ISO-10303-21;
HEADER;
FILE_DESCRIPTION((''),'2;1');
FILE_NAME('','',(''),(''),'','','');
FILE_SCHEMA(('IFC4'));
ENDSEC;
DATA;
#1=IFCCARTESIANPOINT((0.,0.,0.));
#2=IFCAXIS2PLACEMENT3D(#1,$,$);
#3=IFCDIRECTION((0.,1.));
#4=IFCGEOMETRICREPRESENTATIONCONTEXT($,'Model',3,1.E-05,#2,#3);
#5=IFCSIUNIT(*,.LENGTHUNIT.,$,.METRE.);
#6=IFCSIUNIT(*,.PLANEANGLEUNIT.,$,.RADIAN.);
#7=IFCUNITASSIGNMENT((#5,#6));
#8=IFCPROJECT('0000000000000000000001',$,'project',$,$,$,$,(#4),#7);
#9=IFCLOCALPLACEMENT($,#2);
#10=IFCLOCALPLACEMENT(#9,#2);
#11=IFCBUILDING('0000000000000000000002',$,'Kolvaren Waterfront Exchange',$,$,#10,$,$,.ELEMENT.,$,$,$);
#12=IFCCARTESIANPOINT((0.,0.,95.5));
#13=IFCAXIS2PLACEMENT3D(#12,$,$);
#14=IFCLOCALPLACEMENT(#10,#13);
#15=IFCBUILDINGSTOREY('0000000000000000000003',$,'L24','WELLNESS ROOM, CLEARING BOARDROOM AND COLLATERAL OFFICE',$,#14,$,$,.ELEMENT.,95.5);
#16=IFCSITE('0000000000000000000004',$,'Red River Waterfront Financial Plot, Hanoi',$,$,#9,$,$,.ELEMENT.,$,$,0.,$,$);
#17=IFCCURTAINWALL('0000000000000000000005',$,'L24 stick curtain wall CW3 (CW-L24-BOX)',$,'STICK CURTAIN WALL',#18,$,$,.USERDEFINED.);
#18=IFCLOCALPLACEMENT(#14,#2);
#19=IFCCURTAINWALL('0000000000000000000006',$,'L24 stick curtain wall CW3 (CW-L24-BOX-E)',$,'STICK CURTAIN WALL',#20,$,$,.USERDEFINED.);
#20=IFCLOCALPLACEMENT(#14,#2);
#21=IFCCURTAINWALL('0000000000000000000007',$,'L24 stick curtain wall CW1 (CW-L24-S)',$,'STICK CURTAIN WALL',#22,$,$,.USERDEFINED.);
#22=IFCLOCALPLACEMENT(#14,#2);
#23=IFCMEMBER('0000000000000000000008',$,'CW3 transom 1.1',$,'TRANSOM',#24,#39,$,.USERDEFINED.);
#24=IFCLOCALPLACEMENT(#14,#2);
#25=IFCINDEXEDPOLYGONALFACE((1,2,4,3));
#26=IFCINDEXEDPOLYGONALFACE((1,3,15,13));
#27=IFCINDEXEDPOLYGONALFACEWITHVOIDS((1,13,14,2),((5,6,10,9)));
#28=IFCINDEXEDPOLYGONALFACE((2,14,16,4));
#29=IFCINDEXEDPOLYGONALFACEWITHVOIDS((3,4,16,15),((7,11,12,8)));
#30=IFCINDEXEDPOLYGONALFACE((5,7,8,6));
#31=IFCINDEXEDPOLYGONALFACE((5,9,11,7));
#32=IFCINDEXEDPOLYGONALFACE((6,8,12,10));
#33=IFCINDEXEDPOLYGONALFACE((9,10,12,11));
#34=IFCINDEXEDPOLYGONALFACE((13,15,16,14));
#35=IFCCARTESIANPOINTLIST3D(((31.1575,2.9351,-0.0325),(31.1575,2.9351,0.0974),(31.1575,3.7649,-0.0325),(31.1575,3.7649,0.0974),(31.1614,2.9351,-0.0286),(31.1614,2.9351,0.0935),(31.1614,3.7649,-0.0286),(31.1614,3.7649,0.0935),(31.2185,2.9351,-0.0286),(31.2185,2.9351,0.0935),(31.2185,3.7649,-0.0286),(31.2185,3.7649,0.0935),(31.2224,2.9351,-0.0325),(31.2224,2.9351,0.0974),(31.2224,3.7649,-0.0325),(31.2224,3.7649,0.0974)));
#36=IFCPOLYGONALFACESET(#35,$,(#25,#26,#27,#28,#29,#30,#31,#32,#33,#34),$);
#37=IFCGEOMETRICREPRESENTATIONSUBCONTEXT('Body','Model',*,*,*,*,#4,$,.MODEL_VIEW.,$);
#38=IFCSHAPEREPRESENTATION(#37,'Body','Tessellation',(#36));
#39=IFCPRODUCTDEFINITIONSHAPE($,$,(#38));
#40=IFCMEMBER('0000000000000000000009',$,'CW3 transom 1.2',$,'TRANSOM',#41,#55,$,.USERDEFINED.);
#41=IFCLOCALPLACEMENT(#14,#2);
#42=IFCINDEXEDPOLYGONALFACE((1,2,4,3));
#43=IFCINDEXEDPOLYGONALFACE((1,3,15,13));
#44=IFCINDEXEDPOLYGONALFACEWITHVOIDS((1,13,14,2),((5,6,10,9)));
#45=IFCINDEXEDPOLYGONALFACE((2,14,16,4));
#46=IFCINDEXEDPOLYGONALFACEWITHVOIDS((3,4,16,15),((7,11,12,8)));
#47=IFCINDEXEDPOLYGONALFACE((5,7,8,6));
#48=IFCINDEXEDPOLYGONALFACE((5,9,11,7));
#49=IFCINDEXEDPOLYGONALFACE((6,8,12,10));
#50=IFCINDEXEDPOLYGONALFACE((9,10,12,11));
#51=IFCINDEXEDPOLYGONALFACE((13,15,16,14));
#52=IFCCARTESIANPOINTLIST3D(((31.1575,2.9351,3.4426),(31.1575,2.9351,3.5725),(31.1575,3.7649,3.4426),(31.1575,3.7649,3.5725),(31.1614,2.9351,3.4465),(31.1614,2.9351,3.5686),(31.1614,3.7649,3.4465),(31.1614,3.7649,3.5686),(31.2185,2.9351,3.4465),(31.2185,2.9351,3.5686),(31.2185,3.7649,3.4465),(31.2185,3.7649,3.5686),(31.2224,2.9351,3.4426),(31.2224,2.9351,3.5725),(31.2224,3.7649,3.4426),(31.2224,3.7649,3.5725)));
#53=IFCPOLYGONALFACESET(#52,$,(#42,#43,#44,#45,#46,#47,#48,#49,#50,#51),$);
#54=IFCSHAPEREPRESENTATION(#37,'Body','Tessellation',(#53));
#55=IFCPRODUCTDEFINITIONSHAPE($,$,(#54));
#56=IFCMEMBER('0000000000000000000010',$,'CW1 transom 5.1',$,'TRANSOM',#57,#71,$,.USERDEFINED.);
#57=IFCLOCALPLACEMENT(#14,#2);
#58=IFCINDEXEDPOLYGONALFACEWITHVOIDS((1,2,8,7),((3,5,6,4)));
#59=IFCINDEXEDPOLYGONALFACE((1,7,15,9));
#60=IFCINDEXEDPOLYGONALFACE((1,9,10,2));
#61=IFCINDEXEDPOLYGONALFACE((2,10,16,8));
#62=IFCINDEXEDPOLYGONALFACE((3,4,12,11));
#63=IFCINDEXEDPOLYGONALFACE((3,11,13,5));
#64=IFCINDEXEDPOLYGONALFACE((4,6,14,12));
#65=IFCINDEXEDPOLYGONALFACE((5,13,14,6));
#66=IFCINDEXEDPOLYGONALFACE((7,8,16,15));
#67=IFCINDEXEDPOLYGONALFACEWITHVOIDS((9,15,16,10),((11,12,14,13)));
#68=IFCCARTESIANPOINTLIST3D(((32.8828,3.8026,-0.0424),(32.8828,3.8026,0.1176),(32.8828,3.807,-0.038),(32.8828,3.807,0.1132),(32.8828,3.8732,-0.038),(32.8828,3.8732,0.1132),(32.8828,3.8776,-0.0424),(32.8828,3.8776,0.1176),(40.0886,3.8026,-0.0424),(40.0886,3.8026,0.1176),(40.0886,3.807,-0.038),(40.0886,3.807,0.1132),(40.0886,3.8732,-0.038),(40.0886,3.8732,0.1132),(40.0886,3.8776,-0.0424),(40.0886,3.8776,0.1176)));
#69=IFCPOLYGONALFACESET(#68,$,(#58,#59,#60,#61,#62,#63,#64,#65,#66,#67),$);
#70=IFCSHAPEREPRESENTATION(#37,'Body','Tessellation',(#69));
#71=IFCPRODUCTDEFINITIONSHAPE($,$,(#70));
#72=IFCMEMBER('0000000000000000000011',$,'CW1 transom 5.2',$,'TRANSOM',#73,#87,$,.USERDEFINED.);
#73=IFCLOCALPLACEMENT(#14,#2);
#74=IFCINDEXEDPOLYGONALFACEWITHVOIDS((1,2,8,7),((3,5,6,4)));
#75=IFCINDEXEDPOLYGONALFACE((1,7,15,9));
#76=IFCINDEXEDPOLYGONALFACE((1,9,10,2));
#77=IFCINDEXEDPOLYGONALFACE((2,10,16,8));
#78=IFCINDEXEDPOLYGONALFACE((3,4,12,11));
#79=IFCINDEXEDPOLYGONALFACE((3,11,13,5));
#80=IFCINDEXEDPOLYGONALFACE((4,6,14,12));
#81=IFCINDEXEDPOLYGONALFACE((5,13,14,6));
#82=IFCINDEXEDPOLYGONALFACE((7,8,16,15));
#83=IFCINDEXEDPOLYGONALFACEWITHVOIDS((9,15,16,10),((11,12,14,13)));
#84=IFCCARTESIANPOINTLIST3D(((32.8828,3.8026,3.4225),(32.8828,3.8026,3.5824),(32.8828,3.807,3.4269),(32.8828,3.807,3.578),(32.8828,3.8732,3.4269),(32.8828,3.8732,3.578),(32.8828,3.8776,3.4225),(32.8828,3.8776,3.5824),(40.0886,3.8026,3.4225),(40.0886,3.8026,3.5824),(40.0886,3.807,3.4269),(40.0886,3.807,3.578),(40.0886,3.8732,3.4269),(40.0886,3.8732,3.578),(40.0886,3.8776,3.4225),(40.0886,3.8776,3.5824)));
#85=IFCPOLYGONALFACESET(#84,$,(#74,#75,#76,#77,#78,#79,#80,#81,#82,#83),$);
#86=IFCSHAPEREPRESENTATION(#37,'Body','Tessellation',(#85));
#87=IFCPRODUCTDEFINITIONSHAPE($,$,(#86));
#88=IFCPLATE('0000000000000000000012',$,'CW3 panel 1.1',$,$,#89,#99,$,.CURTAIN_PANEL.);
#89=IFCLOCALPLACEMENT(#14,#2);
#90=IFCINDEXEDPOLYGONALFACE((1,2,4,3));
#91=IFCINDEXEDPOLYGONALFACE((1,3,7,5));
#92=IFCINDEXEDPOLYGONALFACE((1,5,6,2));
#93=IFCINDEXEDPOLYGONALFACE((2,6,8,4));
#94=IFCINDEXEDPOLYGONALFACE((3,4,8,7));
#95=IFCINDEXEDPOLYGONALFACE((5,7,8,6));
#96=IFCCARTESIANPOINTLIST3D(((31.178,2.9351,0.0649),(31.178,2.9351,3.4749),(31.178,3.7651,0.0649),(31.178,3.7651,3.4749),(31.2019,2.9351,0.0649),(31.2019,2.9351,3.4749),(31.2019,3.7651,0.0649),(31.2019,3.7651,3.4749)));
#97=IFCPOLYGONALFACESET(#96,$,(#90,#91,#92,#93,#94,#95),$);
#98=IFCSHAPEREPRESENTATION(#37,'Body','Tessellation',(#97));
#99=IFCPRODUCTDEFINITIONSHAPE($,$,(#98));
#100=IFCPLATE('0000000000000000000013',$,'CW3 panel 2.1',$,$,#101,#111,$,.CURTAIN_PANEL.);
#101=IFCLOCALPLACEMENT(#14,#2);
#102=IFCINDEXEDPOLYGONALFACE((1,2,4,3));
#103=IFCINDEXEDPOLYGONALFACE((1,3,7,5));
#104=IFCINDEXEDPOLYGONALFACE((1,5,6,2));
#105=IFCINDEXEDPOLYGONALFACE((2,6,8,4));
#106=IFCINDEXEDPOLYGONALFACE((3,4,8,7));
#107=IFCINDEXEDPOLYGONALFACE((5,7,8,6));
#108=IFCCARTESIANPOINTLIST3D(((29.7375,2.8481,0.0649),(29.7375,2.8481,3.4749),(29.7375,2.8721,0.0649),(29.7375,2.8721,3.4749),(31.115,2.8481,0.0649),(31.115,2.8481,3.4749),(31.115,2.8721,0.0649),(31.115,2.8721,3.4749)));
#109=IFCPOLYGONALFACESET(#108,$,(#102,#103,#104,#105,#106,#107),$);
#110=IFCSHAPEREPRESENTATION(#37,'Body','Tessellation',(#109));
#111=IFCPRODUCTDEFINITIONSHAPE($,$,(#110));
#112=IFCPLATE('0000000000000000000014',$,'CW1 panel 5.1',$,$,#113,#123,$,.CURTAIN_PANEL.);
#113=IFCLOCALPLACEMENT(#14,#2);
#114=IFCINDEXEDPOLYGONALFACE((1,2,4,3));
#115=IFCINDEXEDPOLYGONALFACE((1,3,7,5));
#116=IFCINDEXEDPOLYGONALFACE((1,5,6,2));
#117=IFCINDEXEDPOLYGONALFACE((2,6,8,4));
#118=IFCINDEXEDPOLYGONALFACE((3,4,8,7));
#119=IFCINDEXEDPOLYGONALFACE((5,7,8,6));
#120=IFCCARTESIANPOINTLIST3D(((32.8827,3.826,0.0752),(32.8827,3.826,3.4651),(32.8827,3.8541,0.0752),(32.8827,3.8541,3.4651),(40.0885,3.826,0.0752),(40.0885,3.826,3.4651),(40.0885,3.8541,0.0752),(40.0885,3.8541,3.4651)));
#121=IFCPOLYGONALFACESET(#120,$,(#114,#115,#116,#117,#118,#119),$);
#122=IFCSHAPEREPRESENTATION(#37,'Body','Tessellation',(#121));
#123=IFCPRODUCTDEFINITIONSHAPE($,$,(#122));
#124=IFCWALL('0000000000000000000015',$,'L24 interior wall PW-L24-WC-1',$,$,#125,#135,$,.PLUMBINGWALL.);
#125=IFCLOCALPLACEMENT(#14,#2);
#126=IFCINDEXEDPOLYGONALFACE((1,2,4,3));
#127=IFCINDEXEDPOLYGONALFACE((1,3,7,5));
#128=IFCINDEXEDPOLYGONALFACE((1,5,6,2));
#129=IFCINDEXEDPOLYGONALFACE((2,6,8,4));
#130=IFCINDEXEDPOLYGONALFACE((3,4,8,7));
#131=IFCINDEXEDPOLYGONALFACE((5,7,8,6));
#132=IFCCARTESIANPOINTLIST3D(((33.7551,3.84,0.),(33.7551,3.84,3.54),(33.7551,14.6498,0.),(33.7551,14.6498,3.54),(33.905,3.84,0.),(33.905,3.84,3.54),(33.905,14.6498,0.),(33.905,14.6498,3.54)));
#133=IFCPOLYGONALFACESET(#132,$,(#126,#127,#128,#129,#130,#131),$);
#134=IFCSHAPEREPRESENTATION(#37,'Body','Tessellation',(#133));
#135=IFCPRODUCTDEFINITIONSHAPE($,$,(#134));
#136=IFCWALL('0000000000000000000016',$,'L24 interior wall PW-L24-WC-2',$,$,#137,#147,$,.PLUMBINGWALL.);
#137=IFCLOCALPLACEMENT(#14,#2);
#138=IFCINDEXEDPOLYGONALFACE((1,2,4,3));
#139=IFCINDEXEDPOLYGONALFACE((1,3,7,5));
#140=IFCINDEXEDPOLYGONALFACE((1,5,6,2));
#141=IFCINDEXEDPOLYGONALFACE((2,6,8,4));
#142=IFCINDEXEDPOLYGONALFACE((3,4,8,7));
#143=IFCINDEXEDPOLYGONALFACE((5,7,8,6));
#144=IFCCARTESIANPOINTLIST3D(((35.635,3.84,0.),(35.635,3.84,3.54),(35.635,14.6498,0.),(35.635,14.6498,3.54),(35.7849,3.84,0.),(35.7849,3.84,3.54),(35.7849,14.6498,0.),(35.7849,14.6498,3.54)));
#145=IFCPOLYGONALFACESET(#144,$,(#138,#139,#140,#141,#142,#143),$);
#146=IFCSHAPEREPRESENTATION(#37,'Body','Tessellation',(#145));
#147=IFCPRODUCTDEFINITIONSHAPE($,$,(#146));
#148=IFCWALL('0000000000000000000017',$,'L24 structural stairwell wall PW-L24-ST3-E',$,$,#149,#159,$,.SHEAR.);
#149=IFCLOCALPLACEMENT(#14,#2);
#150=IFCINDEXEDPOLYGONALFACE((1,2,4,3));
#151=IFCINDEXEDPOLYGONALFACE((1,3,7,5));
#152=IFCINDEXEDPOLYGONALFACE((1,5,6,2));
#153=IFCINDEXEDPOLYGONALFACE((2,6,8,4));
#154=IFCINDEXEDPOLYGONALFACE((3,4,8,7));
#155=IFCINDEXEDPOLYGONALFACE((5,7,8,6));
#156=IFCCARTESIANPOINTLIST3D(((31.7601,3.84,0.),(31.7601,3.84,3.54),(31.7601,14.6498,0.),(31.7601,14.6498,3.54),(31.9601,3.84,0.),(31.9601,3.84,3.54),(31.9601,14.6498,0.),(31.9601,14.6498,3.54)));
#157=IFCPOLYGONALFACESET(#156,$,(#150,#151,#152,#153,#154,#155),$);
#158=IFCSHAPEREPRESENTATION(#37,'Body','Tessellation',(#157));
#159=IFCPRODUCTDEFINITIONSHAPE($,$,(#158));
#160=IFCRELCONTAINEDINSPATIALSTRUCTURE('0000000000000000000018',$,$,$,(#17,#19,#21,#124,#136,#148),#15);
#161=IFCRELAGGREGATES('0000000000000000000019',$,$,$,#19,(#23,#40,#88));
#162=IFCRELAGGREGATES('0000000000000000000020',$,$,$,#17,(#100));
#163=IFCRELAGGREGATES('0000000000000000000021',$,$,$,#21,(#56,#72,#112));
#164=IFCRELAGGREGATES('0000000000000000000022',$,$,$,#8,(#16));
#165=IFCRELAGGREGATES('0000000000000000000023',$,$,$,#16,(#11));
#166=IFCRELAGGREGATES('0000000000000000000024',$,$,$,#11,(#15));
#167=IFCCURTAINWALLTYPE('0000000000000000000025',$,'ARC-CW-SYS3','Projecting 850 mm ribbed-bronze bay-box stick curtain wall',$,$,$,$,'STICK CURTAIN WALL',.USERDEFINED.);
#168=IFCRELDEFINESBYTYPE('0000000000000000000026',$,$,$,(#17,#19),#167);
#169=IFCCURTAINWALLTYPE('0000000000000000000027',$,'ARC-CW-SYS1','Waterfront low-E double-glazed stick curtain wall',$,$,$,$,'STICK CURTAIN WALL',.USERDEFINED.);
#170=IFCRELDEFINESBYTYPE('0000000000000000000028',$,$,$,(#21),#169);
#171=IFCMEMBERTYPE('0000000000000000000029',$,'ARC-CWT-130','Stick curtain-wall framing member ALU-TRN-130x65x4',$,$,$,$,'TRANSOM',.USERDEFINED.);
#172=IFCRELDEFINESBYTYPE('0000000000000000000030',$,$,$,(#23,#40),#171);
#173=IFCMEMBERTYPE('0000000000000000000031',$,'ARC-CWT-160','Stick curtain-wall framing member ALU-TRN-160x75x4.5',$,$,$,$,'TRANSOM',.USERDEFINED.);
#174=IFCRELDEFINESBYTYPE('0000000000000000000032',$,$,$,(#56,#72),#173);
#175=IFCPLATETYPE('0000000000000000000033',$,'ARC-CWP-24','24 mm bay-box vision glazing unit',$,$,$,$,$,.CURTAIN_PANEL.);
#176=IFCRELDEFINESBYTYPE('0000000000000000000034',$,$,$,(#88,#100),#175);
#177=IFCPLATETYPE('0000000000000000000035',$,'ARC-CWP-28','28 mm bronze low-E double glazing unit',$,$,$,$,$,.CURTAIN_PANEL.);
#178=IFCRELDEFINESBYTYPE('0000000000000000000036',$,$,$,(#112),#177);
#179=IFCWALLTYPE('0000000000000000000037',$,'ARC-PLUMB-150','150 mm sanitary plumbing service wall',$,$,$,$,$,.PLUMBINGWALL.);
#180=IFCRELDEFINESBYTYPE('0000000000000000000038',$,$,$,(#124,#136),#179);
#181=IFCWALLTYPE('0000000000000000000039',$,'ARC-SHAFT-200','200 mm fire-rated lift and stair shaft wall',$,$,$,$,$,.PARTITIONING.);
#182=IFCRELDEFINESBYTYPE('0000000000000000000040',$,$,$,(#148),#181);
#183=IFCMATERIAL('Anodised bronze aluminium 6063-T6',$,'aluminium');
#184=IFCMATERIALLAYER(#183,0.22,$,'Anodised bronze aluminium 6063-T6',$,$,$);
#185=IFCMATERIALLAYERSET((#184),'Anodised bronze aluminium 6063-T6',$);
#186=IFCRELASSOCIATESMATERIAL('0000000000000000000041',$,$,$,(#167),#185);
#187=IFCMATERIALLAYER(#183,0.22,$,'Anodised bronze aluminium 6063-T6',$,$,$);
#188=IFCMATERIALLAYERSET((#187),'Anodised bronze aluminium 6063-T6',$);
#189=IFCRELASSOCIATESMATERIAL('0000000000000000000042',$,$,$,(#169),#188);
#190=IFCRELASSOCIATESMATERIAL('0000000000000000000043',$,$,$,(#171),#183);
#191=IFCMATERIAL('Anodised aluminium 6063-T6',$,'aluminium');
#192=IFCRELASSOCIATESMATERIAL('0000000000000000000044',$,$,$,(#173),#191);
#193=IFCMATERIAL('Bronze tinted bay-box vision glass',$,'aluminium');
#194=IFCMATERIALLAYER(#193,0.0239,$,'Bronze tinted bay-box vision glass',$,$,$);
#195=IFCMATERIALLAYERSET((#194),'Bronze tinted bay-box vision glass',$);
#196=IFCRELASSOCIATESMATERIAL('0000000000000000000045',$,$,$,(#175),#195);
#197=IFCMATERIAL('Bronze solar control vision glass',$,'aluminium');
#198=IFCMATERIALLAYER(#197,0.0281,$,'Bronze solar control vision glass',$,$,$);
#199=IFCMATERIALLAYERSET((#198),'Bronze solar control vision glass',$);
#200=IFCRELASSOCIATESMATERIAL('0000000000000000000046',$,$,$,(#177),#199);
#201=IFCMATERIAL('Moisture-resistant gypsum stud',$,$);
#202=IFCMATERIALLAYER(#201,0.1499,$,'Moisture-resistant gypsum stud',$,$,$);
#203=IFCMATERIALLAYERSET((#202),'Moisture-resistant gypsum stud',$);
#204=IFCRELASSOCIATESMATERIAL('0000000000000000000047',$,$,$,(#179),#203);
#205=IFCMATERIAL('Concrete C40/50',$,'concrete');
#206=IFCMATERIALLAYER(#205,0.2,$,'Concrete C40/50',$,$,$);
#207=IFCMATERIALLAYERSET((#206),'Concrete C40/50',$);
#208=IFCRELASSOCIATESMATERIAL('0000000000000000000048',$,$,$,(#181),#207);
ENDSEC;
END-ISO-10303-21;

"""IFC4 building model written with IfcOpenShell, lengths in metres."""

from ifc_helpers import new_model, si_unit, direction, frame, frame_2d, origin, origin_with_axes, origin_2d, place, context, subcontext, project, spatial, rectangle, hollow_rectangle, extrude, source, transform, mapped, material, layer, layer_set, material_profile, profile_set, type_object, element, aggregate, save


model = new_model("IFC4")

# Units and contexts
model_context = context("Model", 3, precision=1e-05, world=origin(), true_north=direction((0.0, 1.0)))
body_context = subcontext(model_context, "Body", "Model", "MODEL_VIEW")
ifc_project = project(units=[si_unit("LENGTHUNIT", "METRE"), si_unit("PLANEANGLEUNIT", "RADIAN")], contexts=[model_context])

# Site, building, storey
site_placement = place(None, origin())
site = spatial("IfcSite", under=ifc_project, at=site_placement, Name="Red River Waterfront Financial Plot, Hanoi", CompositionType="ELEMENT", RefElevation=0.0)
building_placement = place(site_placement, origin())
building = spatial("IfcBuilding", under=site, at=building_placement, Name="Kolvaren Waterfront Exchange", CompositionType="ELEMENT")
storey_placement = place(building_placement, frame((0.0, 0.0, 95.5)))
storey = spatial("IfcBuildingStorey", under=building, at=storey_placement, Name="L24", Description="WELLNESS ROOM, CLEARING BOARDROOM AND COLLATERAL OFFICE", CompositionType="ELEMENT", Elevation=95.5)

# Curtain wall
ifc_material_1 = material(Name="Anodised bronze aluminium 6063-T6", Category="aluminium")
ifc_layer_1 = layer(ifc_material_1, 0.22, Name="Anodised bronze aluminium 6063-T6")
ifc_layer_set_1 = layer_set([ifc_layer_1], Name="Anodised bronze aluminium 6063-T6")
curtain_wall_type_1 = type_object("IfcCurtainWallType", Name="ARC-CW-SYS3", Description="Projecting 850 mm ribbed-bronze bay-box stick curtain wall", ElementType="STICK CURTAIN WALL", PredefinedType="USERDEFINED", material=ifc_layer_set_1)
curtain_wall_1_placement = place(storey_placement, origin())
curtain_wall_1 = element("IfcCurtainWall", 1, at=curtain_wall_1_placement, inside=storey, type_object=curtain_wall_type_1, Name="L24 stick curtain wall CW3 (CW-L24-BOX)", ObjectType="STICK CURTAIN WALL", PredefinedType="USERDEFINED")

# Curtain wall
curtain_wall_2_placement = place(storey_placement, origin())
curtain_wall_2 = element("IfcCurtainWall", 2, at=curtain_wall_2_placement, inside=storey, type_object=curtain_wall_type_1, Name="L24 stick curtain wall CW3 (CW-L24-BOX-E)", ObjectType="STICK CURTAIN WALL", PredefinedType="USERDEFINED")

# Curtain wall
ifc_layer_2 = layer(ifc_material_1, 0.22, Name="Anodised bronze aluminium 6063-T6")
ifc_layer_set_2 = layer_set([ifc_layer_2], Name="Anodised bronze aluminium 6063-T6")
curtain_wall_type_2 = type_object("IfcCurtainWallType", Name="ARC-CW-SYS1", Description="Waterfront low-E double-glazed stick curtain wall", ElementType="STICK CURTAIN WALL", PredefinedType="USERDEFINED", material=ifc_layer_set_2)
curtain_wall_3_placement = place(storey_placement, origin())
curtain_wall_3 = element("IfcCurtainWall", 3, at=curtain_wall_3_placement, inside=storey, type_object=curtain_wall_type_2, Name="L24 stick curtain wall CW1 (CW-L24-S)", ObjectType="STICK CURTAIN WALL", PredefinedType="USERDEFINED")
ifc_material_2 = material(Name="Anodised aluminium 6063-T6", Category="aluminium")

# Members
ifc_material_profile_1 = material_profile(ifc_material_1, hollow_rectangle(XDim=0.0649, YDim=0.1299, WallThickness=0.0039, at=origin_2d()), Name="ALU-TRN-130x65x4")
ifc_profile_set_1 = profile_set([ifc_material_profile_1], Name="Anodised bronze aluminium 6063-T6")
member_type_1 = type_object("IfcMemberType", Name="ARC-CWT-130", Description="Stick curtain-wall framing member ALU-TRN-130x65x4", ElementType="TRANSOM", PredefinedType="USERDEFINED", material=ifc_profile_set_1)
shared_shape_1 = source(origin_with_axes(), body_context, "Body", "SweptSolid", [
    extrude(hollow_rectangle(XDim=0.0649, YDim=0.1299, WallThickness=0.0039, at=origin_2d()), origin(), (0.0, 0.0, 1.0), 0.8298),
])
member_1_placement = place(storey_placement, frame((31.1899, 2.9351, 0.0325), z_axis=(0.0, 1.0, 0.0), x_axis=(-1.0, 0.0, 0.0)))
member_1 = element("IfcMember", 4, at=member_1_placement, type_object=member_type_1, Name="CW3 transom 1.1", ObjectType="TRANSOM", PredefinedType="USERDEFINED", context=body_context, shape_type="MappedRepresentation", body=[
    mapped(shared_shape_1, transform((0.0, 0.0, 0.0), x_axis=(1.0, 0.0, 0.0), y_axis=(0.0, 1.0, 0.0), z_axis=(0.0, 0.0, 1.0), scale=1.0)),
])
member_2_placement = place(storey_placement, frame((31.1899, 2.9351, 3.5076), z_axis=(0.0, 1.0, 0.0), x_axis=(-1.0, 0.0, 0.0)))
member_2 = element("IfcMember", 5, at=member_2_placement, type_object=member_type_1, Name="CW3 transom 1.2", ObjectType="TRANSOM", PredefinedType="USERDEFINED", context=body_context, shape_type="MappedRepresentation", body=[
    mapped(shared_shape_1, transform((0.0, 0.0, 0.0), x_axis=(1.0, 0.0, 0.0), y_axis=(0.0, 1.0, 0.0), z_axis=(0.0, 0.0, 1.0), scale=1.0)),
])
ifc_material_profile_2 = material_profile(ifc_material_2, hollow_rectangle(XDim=0.075, YDim=0.1599, WallThickness=0.0044, at=origin_2d()), Name="ALU-TRN-160x75x4.5")
ifc_profile_set_2 = profile_set([ifc_material_profile_2], Name="Anodised aluminium 6063-T6")
member_type_2 = type_object("IfcMemberType", Name="ARC-CWT-160", Description="Stick curtain-wall framing member ALU-TRN-160x75x4.5", ElementType="TRANSOM", PredefinedType="USERDEFINED", material=ifc_profile_set_2)
shared_shape_2 = source(origin_with_axes(), body_context, "Body", "SweptSolid", [
    extrude(hollow_rectangle(XDim=0.075, YDim=0.1599, WallThickness=0.0044, at=origin_2d()), origin(), (0.0, 0.0, 1.0), 7.2058),
])
member_3_placement = place(storey_placement, frame((32.8828, 3.8401, 0.0376), z_axis=(1.0, 0.0, 0.0), x_axis=(0.0, 1.0, 0.0)))
member_3 = element("IfcMember", 6, at=member_3_placement, type_object=member_type_2, Name="CW1 transom 5.1", ObjectType="TRANSOM", PredefinedType="USERDEFINED", context=body_context, shape_type="MappedRepresentation", body=[
    mapped(shared_shape_2, transform((0.0, 0.0, 0.0), x_axis=(1.0, 0.0, 0.0), y_axis=(0.0, 1.0, 0.0), z_axis=(0.0, 0.0, 1.0), scale=1.0)),
])
member_4_placement = place(storey_placement, frame((32.8828, 3.8401, 3.5024), z_axis=(1.0, 0.0, 0.0), x_axis=(0.0, 1.0, 0.0)))
member_4 = element("IfcMember", 7, at=member_4_placement, type_object=member_type_2, Name="CW1 transom 5.2", ObjectType="TRANSOM", PredefinedType="USERDEFINED", context=body_context, shape_type="MappedRepresentation", body=[
    mapped(shared_shape_2, transform((0.0, 0.0, 0.0), x_axis=(1.0, 0.0, 0.0), y_axis=(0.0, 1.0, 0.0), z_axis=(0.0, 0.0, 1.0), scale=1.0)),
])

# Plates
ifc_material_3 = material(Name="Bronze tinted bay-box vision glass", Category="aluminium")
ifc_layer_3 = layer(ifc_material_3, 0.0239, Name="Bronze tinted bay-box vision glass")
ifc_layer_set_3 = layer_set([ifc_layer_3], Name="Bronze tinted bay-box vision glass")
plate_type_1 = type_object("IfcPlateType", Name="ARC-CWP-24", Description="24 mm bay-box vision glazing unit", PredefinedType="CURTAIN_PANEL", material=ifc_layer_set_3)
shared_shape_3 = source(origin_with_axes(), body_context, "Body", "SweptSolid", [
    extrude(rectangle(XDim=0.8301, YDim=0.0239, at=origin_2d()), origin(), (0.0, 0.0, 1.0), 3.4099),
])
plate_1_placement = place(storey_placement, frame((31.1899, 3.3501, 0.0649), z_axis=(0.0, 0.0, 1.0), x_axis=(0.0, 1.0, 0.0)))
plate_1 = element("IfcPlate", 8, at=plate_1_placement, type_object=plate_type_1, Name="CW3 panel 1.1", PredefinedType="CURTAIN_PANEL", context=body_context, shape_type="MappedRepresentation", body=[
    mapped(shared_shape_3, transform((0.0, 0.0, 0.0), x_axis=(1.0, 0.0, 0.0), y_axis=(0.0, 1.0, 0.0), z_axis=(0.0, 0.0, 1.0), scale=1.0)),
])
aggregate(curtain_wall_2, [member_1, member_2, plate_1])
shared_shape_4 = source(origin_with_axes(), body_context, "Body", "SweptSolid", [
    extrude(rectangle(XDim=1.3774, YDim=0.0239, at=origin_2d()), origin(), (0.0, 0.0, 1.0), 3.4099),
])
plate_2_placement = place(storey_placement, frame((30.4263, 2.8601, 0.0649), z_axis=(0.0, 0.0, 1.0), x_axis=(1.0, 0.0, 0.0)))
plate_2 = element("IfcPlate", 9, at=plate_2_placement, type_object=plate_type_1, Name="CW3 panel 2.1", PredefinedType="CURTAIN_PANEL", context=body_context, shape_type="MappedRepresentation", body=[
    mapped(shared_shape_4, transform((0.0, 0.0, 0.0), x_axis=(1.0, 0.0, 0.0), y_axis=(0.0, 1.0, 0.0), z_axis=(0.0, 0.0, 1.0), scale=1.0)),
])
aggregate(curtain_wall_1, [plate_2])
ifc_material_4 = material(Name="Bronze solar control vision glass", Category="aluminium")
ifc_layer_4 = layer(ifc_material_4, 0.0281, Name="Bronze solar control vision glass")
ifc_layer_set_4 = layer_set([ifc_layer_4], Name="Bronze solar control vision glass")
plate_type_2 = type_object("IfcPlateType", Name="ARC-CWP-28", Description="28 mm bronze low-E double glazing unit", PredefinedType="CURTAIN_PANEL", material=ifc_layer_set_4)
shared_shape_5 = source(origin_with_axes(), body_context, "Body", "SweptSolid", [
    extrude(rectangle(XDim=7.2058, YDim=0.0281, at=origin_2d()), origin(), (0.0, 0.0, 1.0), 3.3899),
])
plate_3_placement = place(storey_placement, frame((36.4856, 3.8401, 0.0752), z_axis=(0.0, 0.0, 1.0), x_axis=(1.0, 0.0, 0.0)))
plate_3 = element("IfcPlate", 10, at=plate_3_placement, type_object=plate_type_2, Name="CW1 panel 5.1", PredefinedType="CURTAIN_PANEL", context=body_context, shape_type="MappedRepresentation", body=[
    mapped(shared_shape_5, transform((0.0, 0.0, 0.0), x_axis=(1.0, 0.0, 0.0), y_axis=(0.0, 1.0, 0.0), z_axis=(0.0, 0.0, 1.0), scale=1.0)),
])
aggregate(curtain_wall_3, [member_3, member_4, plate_3])

# Walls
ifc_material_5 = material(Name="Moisture-resistant gypsum stud")
ifc_layer_5 = layer(ifc_material_5, 0.1499, Name="Moisture-resistant gypsum stud")
ifc_layer_set_5 = layer_set([ifc_layer_5], Name="Moisture-resistant gypsum stud")
wall_type_1 = type_object("IfcWallType", Name="ARC-PLUMB-150", Description="150 mm sanitary plumbing service wall", PredefinedType="PLUMBINGWALL", material=ifc_layer_set_5)
for number, where, z_axis, x_axis, name in (
    (11, (33.8301, 3.8401, 0.0), (0.0, 0.0, 1.0), (0.0, 1.0, 0.0), "L24 interior wall PW-L24-WC-1"),
    (12, (35.71, 3.8401, 0.0), (0.0, 0.0, 1.0), (0.0, 1.0, 0.0), "L24 interior wall PW-L24-WC-2"),
):
    element("IfcWall", number, at=place(storey_placement, frame(where, z_axis=z_axis, x_axis=x_axis)), inside=storey, type_object=wall_type_1, Name=name, PredefinedType="PLUMBINGWALL", context=body_context, shape_type="SweptSolid", body=[
        extrude(rectangle(XDim=10.8098, YDim=0.1499, at=frame_2d((5.4048, 0.0))), origin(), (0.0, 0.0, 1.0), 3.54),
    ])
ifc_material_6 = material(Name="Concrete C40/50", Category="concrete")
ifc_layer_6 = layer(ifc_material_6, 0.2, Name="Concrete C40/50")
ifc_layer_set_6 = layer_set([ifc_layer_6], Name="Concrete C40/50")
wall_type_2 = type_object("IfcWallType", Name="ARC-SHAFT-200", Description="200 mm fire-rated lift and stair shaft wall", PredefinedType="PARTITIONING", material=ifc_layer_set_6)
wall_placement = place(storey_placement, frame((31.8601, 3.8401, 0.0), z_axis=(0.0, 0.0, 1.0), x_axis=(0.0, 1.0, 0.0)))
element("IfcWall", 13, at=wall_placement, inside=storey, type_object=wall_type_2, Name="L24 structural stairwell wall PW-L24-ST3-E", PredefinedType="SHEAR", context=body_context, shape_type="SweptSolid", body=[
    extrude(rectangle(XDim=10.8098, YDim=0.2, at=frame_2d((5.4048, 0.0))), origin(), (0.0, 0.0, 1.0), 3.54),
])

save(model, "model.ifc")
